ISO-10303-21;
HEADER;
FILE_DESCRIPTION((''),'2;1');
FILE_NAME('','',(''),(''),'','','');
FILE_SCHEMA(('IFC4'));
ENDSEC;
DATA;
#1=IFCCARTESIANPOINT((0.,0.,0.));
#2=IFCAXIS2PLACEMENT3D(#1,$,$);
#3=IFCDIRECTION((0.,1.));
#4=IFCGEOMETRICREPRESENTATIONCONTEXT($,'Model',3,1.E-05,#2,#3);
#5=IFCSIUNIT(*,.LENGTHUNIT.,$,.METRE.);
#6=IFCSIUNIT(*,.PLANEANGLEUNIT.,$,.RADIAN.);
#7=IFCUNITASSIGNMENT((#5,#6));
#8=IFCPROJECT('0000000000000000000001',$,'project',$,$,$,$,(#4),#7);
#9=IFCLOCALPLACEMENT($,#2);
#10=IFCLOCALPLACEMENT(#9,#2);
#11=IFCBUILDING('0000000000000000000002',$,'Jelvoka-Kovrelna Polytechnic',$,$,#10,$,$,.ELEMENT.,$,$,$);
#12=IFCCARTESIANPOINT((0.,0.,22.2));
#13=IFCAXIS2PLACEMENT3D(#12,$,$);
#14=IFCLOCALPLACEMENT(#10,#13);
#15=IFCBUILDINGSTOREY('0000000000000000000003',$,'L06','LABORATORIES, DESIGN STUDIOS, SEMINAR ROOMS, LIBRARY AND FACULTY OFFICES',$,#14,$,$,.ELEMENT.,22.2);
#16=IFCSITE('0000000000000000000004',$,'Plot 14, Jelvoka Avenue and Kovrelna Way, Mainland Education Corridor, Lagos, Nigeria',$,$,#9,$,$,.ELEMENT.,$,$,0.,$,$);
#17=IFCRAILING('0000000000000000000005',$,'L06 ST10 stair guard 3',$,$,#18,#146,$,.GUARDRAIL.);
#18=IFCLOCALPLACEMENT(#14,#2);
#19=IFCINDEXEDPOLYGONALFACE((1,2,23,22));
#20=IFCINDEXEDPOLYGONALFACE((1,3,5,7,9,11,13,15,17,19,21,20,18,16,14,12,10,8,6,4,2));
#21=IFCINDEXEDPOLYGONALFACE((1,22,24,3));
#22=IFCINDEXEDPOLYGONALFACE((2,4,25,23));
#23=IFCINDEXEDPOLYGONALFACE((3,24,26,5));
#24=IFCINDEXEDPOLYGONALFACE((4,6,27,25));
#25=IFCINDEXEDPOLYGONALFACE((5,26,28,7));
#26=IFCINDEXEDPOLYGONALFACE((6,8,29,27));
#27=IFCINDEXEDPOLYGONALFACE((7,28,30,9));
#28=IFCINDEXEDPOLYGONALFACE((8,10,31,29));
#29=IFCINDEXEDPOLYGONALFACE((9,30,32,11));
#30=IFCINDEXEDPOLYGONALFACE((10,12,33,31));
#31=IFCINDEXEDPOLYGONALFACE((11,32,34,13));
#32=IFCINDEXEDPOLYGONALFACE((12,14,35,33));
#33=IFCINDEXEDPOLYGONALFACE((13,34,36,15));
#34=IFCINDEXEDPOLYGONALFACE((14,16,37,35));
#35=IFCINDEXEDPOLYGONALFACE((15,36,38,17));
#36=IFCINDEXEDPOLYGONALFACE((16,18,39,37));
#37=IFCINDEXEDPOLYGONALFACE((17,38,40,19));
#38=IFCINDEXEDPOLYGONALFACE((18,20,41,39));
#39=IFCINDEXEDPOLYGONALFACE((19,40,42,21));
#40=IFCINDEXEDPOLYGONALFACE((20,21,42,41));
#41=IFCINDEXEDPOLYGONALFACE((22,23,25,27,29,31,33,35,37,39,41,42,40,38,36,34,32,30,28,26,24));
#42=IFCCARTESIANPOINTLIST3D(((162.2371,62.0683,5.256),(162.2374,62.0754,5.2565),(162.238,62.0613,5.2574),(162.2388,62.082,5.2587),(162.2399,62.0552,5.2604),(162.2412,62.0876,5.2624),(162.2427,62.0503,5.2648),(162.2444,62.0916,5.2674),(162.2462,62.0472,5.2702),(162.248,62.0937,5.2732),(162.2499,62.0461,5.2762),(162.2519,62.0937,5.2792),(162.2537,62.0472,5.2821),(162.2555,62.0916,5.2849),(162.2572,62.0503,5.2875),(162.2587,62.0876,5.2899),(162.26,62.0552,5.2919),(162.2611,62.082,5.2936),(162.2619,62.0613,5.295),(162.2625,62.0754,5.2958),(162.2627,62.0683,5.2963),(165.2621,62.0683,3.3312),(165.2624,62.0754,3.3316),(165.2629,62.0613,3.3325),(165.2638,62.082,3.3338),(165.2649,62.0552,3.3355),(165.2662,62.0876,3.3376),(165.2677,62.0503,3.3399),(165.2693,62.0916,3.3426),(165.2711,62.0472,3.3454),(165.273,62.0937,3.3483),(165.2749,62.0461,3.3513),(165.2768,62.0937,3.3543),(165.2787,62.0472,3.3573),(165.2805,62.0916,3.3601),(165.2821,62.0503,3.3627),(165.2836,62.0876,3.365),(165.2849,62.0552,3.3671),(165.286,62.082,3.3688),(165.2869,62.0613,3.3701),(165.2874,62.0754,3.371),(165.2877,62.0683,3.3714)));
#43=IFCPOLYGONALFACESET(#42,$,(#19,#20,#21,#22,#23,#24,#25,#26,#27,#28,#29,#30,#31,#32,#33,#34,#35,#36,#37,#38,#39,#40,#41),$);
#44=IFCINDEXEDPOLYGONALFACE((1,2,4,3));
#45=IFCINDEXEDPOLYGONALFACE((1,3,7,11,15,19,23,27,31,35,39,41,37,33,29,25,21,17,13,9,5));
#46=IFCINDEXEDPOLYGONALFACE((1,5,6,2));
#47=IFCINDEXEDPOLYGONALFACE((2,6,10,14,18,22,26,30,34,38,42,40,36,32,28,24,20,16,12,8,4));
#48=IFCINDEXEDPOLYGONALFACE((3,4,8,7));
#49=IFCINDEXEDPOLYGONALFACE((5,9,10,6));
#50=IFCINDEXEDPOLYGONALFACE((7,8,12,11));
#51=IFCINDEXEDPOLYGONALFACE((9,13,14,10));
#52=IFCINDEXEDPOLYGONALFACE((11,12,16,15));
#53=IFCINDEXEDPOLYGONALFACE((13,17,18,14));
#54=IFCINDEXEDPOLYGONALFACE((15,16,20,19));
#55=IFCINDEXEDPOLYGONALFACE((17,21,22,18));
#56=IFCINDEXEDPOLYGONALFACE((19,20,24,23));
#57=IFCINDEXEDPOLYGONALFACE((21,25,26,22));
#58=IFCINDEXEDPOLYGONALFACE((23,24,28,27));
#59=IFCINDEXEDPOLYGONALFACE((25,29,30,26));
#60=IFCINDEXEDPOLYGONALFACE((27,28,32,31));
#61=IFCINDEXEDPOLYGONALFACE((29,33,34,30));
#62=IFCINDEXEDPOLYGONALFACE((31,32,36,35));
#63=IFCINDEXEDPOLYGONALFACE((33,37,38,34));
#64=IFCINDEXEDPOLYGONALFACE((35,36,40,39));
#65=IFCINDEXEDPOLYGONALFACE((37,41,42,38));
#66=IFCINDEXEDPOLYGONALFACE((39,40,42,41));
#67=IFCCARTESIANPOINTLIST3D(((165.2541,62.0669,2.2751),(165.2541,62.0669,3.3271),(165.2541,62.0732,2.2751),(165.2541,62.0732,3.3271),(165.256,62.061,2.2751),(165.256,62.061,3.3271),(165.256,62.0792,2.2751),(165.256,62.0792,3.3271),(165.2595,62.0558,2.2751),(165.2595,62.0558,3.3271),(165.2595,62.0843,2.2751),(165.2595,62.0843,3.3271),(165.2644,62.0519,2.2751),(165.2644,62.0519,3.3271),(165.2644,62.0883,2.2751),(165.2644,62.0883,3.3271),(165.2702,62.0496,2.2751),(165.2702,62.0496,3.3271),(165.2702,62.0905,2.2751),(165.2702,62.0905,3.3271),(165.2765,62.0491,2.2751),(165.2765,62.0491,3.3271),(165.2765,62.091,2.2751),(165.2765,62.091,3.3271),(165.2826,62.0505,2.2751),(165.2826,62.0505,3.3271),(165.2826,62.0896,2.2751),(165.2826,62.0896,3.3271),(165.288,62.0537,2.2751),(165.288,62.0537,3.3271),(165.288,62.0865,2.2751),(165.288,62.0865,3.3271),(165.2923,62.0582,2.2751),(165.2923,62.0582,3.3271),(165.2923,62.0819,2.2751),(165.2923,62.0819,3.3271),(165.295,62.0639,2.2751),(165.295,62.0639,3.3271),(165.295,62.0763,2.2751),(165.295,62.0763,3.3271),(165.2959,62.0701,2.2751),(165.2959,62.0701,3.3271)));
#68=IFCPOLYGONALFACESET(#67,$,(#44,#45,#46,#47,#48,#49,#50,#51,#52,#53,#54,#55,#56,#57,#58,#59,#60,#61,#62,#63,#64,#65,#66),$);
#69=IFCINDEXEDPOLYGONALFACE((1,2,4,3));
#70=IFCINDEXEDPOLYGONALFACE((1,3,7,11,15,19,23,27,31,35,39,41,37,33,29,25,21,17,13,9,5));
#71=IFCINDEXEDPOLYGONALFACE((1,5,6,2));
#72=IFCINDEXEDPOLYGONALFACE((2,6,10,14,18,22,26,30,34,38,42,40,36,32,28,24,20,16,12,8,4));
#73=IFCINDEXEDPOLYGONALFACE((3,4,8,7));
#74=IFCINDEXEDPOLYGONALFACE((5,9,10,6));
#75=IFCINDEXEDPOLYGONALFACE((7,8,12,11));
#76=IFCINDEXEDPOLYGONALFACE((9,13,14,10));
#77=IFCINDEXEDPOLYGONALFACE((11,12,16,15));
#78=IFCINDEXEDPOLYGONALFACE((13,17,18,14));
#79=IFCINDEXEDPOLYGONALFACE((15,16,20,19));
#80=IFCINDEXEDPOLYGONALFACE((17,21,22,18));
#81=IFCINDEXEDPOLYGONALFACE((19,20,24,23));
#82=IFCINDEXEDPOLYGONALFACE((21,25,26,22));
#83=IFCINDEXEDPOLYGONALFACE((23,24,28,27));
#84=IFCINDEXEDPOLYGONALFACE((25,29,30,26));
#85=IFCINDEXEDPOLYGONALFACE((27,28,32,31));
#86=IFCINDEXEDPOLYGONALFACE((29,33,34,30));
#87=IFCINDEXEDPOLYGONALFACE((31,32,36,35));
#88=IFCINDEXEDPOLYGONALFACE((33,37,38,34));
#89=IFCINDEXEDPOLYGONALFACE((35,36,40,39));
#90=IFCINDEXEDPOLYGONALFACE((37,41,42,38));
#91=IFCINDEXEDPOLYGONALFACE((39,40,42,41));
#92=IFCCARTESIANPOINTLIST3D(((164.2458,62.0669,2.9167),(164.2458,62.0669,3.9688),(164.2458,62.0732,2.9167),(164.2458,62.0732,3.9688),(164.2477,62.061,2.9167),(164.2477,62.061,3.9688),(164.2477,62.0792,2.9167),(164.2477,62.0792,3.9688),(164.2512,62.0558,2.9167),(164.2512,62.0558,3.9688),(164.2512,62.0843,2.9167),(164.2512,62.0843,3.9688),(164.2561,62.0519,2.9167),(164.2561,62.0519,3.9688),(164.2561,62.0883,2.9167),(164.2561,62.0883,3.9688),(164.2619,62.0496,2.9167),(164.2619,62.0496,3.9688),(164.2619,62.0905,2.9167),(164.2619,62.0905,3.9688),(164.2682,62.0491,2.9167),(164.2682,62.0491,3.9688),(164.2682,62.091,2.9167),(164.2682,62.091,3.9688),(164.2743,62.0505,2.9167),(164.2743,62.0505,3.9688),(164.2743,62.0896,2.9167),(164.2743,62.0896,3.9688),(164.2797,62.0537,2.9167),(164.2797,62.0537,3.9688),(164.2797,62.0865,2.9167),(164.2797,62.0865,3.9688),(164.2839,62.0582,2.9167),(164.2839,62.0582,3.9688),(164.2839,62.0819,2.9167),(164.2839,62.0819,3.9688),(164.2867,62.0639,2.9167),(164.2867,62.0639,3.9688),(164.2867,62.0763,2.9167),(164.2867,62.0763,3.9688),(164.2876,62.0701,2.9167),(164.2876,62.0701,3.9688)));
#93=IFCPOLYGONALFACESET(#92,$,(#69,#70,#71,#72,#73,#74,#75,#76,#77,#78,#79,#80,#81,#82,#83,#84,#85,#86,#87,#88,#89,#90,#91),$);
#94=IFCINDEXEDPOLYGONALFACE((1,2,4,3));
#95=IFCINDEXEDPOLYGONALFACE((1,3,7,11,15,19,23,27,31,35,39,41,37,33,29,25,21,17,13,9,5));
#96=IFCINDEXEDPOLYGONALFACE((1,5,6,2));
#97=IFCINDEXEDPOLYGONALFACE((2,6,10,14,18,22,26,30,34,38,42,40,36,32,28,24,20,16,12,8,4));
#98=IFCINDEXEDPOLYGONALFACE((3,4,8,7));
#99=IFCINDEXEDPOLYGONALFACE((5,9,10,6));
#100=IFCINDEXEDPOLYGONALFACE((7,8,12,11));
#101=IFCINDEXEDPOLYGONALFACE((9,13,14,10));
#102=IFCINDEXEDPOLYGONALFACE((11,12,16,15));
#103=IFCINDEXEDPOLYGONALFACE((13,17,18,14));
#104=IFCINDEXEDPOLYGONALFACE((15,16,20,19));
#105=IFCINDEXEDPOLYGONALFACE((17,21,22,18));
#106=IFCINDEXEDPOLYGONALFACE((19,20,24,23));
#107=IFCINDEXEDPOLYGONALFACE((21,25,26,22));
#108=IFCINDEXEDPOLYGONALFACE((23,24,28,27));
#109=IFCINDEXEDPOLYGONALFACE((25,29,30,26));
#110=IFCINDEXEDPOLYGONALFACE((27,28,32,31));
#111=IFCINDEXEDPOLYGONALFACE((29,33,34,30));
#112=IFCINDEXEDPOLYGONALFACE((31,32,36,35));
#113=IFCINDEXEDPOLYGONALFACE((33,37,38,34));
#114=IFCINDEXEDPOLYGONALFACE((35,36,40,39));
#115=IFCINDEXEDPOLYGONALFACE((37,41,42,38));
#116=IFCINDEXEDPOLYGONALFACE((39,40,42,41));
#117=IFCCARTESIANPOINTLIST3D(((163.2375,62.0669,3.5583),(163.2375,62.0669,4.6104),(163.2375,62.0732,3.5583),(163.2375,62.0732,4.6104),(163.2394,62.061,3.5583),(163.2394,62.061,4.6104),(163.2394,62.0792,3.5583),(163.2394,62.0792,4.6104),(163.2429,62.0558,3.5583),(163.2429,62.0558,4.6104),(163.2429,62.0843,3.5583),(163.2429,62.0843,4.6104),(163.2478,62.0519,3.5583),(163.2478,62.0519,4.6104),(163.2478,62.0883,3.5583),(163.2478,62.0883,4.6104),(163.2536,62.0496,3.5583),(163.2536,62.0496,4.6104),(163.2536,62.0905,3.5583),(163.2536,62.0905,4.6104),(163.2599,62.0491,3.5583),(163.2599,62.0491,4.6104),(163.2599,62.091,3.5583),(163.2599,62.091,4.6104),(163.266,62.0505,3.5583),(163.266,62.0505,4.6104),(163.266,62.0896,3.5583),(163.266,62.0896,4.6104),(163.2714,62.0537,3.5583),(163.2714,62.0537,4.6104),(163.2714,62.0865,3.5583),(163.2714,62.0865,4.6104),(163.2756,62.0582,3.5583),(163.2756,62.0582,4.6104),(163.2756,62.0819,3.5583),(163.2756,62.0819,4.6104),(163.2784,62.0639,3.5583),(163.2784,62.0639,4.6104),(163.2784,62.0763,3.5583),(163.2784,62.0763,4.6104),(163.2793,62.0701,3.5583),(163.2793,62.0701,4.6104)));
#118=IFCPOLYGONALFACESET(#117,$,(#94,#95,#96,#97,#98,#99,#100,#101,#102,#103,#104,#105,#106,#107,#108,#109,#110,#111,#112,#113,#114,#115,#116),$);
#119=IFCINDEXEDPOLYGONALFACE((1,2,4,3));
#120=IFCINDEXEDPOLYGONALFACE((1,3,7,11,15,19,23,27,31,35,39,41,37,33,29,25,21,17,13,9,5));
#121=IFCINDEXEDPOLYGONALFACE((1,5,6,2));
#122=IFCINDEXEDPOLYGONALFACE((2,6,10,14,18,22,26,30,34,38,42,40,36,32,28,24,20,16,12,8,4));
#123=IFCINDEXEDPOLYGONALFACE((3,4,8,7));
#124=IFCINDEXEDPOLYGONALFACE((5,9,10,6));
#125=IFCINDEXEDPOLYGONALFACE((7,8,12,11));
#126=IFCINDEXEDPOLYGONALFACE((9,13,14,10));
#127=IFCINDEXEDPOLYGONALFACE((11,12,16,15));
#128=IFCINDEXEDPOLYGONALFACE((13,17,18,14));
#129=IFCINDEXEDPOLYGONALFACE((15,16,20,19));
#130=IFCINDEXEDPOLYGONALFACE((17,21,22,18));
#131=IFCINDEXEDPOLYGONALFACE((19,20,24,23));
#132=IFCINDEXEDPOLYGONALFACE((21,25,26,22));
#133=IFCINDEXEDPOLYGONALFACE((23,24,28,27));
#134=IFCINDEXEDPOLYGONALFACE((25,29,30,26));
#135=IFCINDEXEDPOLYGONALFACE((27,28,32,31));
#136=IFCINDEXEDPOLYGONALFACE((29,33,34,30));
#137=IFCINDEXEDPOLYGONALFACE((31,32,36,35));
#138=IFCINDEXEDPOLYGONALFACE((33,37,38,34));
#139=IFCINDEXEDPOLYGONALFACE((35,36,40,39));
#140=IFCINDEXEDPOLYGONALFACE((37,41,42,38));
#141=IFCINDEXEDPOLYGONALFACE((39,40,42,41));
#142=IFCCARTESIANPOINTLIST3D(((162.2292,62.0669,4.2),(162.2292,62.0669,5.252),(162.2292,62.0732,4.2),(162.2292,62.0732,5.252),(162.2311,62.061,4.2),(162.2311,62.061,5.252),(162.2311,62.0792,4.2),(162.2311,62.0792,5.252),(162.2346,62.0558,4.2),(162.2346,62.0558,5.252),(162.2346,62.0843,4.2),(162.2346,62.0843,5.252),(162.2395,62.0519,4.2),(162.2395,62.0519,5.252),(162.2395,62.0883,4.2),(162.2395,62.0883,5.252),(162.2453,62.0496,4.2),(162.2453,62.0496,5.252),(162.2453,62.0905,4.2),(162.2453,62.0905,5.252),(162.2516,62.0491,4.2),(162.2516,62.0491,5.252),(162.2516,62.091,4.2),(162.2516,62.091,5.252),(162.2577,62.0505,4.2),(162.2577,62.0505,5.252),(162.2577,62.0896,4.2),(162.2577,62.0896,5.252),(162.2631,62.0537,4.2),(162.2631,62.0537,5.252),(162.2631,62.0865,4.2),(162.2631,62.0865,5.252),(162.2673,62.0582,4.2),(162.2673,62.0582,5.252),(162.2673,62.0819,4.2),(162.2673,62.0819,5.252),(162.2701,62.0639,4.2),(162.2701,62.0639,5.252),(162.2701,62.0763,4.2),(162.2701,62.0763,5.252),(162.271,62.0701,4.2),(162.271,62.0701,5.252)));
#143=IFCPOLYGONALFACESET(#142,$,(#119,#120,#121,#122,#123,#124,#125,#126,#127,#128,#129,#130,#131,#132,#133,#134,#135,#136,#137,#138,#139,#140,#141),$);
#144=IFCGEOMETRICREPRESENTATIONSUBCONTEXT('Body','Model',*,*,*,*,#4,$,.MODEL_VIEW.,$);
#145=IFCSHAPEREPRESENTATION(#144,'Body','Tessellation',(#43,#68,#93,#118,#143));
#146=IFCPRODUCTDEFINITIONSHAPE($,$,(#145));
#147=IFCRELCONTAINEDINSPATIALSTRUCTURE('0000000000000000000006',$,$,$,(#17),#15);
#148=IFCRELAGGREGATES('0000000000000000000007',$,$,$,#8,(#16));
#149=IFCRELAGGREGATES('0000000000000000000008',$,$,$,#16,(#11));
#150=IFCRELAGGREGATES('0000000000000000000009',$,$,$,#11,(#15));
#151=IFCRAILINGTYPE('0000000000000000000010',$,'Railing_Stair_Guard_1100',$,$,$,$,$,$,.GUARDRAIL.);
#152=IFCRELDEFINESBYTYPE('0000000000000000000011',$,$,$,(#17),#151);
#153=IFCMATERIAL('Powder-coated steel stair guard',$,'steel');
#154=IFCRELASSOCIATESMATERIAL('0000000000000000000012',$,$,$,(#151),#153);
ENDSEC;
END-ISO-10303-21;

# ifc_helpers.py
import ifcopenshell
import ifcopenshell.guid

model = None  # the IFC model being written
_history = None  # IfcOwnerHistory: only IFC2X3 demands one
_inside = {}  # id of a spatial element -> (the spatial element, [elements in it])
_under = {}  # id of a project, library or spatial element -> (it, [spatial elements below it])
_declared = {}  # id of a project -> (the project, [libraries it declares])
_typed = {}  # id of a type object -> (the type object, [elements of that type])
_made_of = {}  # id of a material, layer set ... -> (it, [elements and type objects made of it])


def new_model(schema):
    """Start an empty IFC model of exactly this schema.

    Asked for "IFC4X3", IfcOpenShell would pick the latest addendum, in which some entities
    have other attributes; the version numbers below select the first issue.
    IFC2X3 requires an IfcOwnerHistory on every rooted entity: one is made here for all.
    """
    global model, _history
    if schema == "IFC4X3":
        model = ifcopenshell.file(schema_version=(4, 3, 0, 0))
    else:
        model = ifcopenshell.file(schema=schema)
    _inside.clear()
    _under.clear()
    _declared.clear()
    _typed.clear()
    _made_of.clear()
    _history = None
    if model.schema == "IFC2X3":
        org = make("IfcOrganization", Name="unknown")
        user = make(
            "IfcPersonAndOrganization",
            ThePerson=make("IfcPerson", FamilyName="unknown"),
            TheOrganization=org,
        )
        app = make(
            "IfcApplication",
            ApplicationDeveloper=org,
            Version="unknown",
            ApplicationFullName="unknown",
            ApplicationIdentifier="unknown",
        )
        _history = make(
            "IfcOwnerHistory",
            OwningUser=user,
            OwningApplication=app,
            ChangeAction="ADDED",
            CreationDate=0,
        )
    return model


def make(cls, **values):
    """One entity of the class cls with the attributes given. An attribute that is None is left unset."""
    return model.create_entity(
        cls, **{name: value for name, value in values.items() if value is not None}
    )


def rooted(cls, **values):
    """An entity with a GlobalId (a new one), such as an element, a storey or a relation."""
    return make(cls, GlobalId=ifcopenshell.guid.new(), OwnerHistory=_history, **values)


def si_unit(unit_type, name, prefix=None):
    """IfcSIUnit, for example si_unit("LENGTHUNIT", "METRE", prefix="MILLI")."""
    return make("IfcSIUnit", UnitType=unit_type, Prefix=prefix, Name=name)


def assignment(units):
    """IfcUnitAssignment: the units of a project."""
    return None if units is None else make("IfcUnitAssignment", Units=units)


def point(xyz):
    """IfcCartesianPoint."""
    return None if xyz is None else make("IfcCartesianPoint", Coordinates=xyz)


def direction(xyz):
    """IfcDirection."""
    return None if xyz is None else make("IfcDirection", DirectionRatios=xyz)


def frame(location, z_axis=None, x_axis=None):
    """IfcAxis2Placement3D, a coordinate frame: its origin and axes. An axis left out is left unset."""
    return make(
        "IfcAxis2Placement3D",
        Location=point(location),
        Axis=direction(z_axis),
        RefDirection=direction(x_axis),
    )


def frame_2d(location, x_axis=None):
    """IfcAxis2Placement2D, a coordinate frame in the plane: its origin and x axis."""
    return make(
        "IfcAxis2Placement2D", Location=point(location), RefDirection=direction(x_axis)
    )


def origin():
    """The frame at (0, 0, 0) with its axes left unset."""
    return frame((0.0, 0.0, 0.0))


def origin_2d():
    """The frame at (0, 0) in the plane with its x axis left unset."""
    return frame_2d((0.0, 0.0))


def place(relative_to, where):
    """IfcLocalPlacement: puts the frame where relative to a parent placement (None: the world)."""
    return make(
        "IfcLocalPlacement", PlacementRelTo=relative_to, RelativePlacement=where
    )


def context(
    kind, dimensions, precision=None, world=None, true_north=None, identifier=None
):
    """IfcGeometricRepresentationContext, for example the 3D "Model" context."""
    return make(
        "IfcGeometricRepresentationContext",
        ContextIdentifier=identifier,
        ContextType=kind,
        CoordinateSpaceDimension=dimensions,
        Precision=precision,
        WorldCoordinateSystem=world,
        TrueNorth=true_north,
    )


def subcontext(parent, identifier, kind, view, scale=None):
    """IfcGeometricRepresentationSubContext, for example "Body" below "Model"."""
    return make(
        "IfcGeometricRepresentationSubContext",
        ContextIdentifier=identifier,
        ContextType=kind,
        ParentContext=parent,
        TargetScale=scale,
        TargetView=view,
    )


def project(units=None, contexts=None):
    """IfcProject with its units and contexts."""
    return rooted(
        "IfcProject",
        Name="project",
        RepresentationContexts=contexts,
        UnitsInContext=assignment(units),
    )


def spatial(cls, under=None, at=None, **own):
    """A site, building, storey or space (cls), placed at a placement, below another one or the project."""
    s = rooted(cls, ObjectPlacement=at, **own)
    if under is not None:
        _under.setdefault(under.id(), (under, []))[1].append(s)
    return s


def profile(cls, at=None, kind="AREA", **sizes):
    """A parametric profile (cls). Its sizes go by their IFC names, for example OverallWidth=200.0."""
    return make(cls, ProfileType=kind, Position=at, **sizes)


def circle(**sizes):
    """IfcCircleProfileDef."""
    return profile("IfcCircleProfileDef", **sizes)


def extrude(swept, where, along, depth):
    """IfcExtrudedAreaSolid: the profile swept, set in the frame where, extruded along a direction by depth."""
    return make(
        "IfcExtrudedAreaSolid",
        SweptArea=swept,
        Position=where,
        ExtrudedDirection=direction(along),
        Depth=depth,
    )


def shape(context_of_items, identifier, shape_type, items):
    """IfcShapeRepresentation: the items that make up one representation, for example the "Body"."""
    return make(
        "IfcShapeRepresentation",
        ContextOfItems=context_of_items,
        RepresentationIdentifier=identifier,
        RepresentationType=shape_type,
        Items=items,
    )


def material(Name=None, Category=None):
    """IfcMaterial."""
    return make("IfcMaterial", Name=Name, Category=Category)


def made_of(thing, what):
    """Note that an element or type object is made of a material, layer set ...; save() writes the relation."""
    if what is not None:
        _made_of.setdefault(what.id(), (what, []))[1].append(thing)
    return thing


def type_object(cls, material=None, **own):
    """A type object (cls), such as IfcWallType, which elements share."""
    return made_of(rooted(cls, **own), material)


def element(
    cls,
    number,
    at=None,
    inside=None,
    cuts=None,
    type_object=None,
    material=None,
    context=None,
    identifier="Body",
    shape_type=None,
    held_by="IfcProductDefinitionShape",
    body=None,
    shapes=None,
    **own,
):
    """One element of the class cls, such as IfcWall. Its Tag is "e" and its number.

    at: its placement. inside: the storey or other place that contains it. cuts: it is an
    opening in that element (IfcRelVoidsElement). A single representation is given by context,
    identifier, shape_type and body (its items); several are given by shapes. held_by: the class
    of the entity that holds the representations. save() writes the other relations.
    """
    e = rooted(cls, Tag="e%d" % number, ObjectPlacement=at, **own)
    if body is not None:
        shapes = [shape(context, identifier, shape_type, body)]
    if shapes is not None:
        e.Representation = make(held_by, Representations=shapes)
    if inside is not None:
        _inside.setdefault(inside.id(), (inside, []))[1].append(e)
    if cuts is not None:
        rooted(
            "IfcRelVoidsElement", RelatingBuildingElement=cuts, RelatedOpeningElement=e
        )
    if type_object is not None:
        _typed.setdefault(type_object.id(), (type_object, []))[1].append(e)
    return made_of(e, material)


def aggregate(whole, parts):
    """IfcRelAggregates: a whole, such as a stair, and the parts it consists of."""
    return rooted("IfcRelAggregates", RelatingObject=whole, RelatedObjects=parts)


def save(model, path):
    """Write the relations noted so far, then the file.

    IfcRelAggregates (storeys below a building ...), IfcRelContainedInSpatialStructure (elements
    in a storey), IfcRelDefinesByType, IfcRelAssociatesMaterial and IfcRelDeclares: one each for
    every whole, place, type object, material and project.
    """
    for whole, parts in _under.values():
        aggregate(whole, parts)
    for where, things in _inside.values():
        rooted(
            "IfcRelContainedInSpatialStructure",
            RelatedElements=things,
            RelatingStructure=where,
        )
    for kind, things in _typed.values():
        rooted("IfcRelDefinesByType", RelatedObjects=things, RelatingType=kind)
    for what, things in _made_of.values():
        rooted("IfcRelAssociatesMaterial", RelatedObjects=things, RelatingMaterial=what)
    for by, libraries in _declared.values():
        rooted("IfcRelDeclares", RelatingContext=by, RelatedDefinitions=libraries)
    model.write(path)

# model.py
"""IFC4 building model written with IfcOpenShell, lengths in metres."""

from ifc_helpers import new_model, si_unit, direction, frame, origin, origin_2d, place, context, subcontext, project, spatial, circle, extrude, material, type_object, element, save


model = new_model("IFC4")

# Units and contexts
model_context = context("Model", 3, precision=1e-05, world=origin(), true_north=direction((0.0, 1.0)))
body_context = subcontext(model_context, "Body", "Model", "MODEL_VIEW")
ifc_project = project(units=[si_unit("LENGTHUNIT", "METRE"), si_unit("PLANEANGLEUNIT", "RADIAN")], contexts=[model_context])

# Site, building, storey
site_placement = place(None, origin())
site = spatial("IfcSite", under=ifc_project, at=site_placement, Name="Plot 14, Jelvoka Avenue and Kovrelna Way, Mainland Education Corridor, Lagos, Nigeria", CompositionType="ELEMENT", RefElevation=0.0)
building_placement = place(site_placement, origin())
building = spatial("IfcBuilding", under=site, at=building_placement, Name="Jelvoka-Kovrelna Polytechnic", CompositionType="ELEMENT")
storey_placement = place(building_placement, frame((0.0, 0.0, 22.2)))
storey = spatial("IfcBuildingStorey", under=building, at=storey_placement, Name="L06", Description="LABORATORIES, DESIGN STUDIOS, SEMINAR ROOMS, LIBRARY AND FACULTY OFFICES", CompositionType="ELEMENT", Elevation=22.2)

# Railing
ifc_material_1 = material(Name="Powder-coated steel stair guard", Category="steel")
railing_type_1 = type_object("IfcRailingType", Name="Railing_Stair_Guard_1100", PredefinedType="GUARDRAIL", material=ifc_material_1)
railing_1_placement = place(storey_placement, frame((165.2749, 62.0701, 2.2751)))
element("IfcRailing", 1, at=railing_1_placement, inside=storey, type_object=railing_type_1, Name="L06 ST10 stair guard 3", PredefinedType="GUARDRAIL", context=body_context, shape_type="SweptSolid", body=[
    extrude(circle(Radius=0.0239, at=origin_2d()), frame((0.0, 0.0, 1.0762), z_axis=(-0.843678, 0.0, 0.536849), x_axis=(0.0, -1.0, 0.0)), (0.0, 0.0, 1.0), 3.5854),
    extrude(circle(Radius=0.021, at=origin_2d()), origin(), (0.0, 0.0, 1.0), 1.052),
    extrude(circle(Radius=0.021, at=origin_2d()), frame((-1.0083, 0.0, 0.6416)), (0.0, 0.0, 1.0), 1.052),
    extrude(circle(Radius=0.021, at=origin_2d()), frame((-2.0166, 0.0, 1.2832)), (0.0, 0.0, 1.0), 1.052),
    extrude(circle(Radius=0.021, at=origin_2d()), frame((-3.0249, 0.0, 1.9248)), (0.0, 0.0, 1.0), 1.052),
])

save(model, "model.ifc")
